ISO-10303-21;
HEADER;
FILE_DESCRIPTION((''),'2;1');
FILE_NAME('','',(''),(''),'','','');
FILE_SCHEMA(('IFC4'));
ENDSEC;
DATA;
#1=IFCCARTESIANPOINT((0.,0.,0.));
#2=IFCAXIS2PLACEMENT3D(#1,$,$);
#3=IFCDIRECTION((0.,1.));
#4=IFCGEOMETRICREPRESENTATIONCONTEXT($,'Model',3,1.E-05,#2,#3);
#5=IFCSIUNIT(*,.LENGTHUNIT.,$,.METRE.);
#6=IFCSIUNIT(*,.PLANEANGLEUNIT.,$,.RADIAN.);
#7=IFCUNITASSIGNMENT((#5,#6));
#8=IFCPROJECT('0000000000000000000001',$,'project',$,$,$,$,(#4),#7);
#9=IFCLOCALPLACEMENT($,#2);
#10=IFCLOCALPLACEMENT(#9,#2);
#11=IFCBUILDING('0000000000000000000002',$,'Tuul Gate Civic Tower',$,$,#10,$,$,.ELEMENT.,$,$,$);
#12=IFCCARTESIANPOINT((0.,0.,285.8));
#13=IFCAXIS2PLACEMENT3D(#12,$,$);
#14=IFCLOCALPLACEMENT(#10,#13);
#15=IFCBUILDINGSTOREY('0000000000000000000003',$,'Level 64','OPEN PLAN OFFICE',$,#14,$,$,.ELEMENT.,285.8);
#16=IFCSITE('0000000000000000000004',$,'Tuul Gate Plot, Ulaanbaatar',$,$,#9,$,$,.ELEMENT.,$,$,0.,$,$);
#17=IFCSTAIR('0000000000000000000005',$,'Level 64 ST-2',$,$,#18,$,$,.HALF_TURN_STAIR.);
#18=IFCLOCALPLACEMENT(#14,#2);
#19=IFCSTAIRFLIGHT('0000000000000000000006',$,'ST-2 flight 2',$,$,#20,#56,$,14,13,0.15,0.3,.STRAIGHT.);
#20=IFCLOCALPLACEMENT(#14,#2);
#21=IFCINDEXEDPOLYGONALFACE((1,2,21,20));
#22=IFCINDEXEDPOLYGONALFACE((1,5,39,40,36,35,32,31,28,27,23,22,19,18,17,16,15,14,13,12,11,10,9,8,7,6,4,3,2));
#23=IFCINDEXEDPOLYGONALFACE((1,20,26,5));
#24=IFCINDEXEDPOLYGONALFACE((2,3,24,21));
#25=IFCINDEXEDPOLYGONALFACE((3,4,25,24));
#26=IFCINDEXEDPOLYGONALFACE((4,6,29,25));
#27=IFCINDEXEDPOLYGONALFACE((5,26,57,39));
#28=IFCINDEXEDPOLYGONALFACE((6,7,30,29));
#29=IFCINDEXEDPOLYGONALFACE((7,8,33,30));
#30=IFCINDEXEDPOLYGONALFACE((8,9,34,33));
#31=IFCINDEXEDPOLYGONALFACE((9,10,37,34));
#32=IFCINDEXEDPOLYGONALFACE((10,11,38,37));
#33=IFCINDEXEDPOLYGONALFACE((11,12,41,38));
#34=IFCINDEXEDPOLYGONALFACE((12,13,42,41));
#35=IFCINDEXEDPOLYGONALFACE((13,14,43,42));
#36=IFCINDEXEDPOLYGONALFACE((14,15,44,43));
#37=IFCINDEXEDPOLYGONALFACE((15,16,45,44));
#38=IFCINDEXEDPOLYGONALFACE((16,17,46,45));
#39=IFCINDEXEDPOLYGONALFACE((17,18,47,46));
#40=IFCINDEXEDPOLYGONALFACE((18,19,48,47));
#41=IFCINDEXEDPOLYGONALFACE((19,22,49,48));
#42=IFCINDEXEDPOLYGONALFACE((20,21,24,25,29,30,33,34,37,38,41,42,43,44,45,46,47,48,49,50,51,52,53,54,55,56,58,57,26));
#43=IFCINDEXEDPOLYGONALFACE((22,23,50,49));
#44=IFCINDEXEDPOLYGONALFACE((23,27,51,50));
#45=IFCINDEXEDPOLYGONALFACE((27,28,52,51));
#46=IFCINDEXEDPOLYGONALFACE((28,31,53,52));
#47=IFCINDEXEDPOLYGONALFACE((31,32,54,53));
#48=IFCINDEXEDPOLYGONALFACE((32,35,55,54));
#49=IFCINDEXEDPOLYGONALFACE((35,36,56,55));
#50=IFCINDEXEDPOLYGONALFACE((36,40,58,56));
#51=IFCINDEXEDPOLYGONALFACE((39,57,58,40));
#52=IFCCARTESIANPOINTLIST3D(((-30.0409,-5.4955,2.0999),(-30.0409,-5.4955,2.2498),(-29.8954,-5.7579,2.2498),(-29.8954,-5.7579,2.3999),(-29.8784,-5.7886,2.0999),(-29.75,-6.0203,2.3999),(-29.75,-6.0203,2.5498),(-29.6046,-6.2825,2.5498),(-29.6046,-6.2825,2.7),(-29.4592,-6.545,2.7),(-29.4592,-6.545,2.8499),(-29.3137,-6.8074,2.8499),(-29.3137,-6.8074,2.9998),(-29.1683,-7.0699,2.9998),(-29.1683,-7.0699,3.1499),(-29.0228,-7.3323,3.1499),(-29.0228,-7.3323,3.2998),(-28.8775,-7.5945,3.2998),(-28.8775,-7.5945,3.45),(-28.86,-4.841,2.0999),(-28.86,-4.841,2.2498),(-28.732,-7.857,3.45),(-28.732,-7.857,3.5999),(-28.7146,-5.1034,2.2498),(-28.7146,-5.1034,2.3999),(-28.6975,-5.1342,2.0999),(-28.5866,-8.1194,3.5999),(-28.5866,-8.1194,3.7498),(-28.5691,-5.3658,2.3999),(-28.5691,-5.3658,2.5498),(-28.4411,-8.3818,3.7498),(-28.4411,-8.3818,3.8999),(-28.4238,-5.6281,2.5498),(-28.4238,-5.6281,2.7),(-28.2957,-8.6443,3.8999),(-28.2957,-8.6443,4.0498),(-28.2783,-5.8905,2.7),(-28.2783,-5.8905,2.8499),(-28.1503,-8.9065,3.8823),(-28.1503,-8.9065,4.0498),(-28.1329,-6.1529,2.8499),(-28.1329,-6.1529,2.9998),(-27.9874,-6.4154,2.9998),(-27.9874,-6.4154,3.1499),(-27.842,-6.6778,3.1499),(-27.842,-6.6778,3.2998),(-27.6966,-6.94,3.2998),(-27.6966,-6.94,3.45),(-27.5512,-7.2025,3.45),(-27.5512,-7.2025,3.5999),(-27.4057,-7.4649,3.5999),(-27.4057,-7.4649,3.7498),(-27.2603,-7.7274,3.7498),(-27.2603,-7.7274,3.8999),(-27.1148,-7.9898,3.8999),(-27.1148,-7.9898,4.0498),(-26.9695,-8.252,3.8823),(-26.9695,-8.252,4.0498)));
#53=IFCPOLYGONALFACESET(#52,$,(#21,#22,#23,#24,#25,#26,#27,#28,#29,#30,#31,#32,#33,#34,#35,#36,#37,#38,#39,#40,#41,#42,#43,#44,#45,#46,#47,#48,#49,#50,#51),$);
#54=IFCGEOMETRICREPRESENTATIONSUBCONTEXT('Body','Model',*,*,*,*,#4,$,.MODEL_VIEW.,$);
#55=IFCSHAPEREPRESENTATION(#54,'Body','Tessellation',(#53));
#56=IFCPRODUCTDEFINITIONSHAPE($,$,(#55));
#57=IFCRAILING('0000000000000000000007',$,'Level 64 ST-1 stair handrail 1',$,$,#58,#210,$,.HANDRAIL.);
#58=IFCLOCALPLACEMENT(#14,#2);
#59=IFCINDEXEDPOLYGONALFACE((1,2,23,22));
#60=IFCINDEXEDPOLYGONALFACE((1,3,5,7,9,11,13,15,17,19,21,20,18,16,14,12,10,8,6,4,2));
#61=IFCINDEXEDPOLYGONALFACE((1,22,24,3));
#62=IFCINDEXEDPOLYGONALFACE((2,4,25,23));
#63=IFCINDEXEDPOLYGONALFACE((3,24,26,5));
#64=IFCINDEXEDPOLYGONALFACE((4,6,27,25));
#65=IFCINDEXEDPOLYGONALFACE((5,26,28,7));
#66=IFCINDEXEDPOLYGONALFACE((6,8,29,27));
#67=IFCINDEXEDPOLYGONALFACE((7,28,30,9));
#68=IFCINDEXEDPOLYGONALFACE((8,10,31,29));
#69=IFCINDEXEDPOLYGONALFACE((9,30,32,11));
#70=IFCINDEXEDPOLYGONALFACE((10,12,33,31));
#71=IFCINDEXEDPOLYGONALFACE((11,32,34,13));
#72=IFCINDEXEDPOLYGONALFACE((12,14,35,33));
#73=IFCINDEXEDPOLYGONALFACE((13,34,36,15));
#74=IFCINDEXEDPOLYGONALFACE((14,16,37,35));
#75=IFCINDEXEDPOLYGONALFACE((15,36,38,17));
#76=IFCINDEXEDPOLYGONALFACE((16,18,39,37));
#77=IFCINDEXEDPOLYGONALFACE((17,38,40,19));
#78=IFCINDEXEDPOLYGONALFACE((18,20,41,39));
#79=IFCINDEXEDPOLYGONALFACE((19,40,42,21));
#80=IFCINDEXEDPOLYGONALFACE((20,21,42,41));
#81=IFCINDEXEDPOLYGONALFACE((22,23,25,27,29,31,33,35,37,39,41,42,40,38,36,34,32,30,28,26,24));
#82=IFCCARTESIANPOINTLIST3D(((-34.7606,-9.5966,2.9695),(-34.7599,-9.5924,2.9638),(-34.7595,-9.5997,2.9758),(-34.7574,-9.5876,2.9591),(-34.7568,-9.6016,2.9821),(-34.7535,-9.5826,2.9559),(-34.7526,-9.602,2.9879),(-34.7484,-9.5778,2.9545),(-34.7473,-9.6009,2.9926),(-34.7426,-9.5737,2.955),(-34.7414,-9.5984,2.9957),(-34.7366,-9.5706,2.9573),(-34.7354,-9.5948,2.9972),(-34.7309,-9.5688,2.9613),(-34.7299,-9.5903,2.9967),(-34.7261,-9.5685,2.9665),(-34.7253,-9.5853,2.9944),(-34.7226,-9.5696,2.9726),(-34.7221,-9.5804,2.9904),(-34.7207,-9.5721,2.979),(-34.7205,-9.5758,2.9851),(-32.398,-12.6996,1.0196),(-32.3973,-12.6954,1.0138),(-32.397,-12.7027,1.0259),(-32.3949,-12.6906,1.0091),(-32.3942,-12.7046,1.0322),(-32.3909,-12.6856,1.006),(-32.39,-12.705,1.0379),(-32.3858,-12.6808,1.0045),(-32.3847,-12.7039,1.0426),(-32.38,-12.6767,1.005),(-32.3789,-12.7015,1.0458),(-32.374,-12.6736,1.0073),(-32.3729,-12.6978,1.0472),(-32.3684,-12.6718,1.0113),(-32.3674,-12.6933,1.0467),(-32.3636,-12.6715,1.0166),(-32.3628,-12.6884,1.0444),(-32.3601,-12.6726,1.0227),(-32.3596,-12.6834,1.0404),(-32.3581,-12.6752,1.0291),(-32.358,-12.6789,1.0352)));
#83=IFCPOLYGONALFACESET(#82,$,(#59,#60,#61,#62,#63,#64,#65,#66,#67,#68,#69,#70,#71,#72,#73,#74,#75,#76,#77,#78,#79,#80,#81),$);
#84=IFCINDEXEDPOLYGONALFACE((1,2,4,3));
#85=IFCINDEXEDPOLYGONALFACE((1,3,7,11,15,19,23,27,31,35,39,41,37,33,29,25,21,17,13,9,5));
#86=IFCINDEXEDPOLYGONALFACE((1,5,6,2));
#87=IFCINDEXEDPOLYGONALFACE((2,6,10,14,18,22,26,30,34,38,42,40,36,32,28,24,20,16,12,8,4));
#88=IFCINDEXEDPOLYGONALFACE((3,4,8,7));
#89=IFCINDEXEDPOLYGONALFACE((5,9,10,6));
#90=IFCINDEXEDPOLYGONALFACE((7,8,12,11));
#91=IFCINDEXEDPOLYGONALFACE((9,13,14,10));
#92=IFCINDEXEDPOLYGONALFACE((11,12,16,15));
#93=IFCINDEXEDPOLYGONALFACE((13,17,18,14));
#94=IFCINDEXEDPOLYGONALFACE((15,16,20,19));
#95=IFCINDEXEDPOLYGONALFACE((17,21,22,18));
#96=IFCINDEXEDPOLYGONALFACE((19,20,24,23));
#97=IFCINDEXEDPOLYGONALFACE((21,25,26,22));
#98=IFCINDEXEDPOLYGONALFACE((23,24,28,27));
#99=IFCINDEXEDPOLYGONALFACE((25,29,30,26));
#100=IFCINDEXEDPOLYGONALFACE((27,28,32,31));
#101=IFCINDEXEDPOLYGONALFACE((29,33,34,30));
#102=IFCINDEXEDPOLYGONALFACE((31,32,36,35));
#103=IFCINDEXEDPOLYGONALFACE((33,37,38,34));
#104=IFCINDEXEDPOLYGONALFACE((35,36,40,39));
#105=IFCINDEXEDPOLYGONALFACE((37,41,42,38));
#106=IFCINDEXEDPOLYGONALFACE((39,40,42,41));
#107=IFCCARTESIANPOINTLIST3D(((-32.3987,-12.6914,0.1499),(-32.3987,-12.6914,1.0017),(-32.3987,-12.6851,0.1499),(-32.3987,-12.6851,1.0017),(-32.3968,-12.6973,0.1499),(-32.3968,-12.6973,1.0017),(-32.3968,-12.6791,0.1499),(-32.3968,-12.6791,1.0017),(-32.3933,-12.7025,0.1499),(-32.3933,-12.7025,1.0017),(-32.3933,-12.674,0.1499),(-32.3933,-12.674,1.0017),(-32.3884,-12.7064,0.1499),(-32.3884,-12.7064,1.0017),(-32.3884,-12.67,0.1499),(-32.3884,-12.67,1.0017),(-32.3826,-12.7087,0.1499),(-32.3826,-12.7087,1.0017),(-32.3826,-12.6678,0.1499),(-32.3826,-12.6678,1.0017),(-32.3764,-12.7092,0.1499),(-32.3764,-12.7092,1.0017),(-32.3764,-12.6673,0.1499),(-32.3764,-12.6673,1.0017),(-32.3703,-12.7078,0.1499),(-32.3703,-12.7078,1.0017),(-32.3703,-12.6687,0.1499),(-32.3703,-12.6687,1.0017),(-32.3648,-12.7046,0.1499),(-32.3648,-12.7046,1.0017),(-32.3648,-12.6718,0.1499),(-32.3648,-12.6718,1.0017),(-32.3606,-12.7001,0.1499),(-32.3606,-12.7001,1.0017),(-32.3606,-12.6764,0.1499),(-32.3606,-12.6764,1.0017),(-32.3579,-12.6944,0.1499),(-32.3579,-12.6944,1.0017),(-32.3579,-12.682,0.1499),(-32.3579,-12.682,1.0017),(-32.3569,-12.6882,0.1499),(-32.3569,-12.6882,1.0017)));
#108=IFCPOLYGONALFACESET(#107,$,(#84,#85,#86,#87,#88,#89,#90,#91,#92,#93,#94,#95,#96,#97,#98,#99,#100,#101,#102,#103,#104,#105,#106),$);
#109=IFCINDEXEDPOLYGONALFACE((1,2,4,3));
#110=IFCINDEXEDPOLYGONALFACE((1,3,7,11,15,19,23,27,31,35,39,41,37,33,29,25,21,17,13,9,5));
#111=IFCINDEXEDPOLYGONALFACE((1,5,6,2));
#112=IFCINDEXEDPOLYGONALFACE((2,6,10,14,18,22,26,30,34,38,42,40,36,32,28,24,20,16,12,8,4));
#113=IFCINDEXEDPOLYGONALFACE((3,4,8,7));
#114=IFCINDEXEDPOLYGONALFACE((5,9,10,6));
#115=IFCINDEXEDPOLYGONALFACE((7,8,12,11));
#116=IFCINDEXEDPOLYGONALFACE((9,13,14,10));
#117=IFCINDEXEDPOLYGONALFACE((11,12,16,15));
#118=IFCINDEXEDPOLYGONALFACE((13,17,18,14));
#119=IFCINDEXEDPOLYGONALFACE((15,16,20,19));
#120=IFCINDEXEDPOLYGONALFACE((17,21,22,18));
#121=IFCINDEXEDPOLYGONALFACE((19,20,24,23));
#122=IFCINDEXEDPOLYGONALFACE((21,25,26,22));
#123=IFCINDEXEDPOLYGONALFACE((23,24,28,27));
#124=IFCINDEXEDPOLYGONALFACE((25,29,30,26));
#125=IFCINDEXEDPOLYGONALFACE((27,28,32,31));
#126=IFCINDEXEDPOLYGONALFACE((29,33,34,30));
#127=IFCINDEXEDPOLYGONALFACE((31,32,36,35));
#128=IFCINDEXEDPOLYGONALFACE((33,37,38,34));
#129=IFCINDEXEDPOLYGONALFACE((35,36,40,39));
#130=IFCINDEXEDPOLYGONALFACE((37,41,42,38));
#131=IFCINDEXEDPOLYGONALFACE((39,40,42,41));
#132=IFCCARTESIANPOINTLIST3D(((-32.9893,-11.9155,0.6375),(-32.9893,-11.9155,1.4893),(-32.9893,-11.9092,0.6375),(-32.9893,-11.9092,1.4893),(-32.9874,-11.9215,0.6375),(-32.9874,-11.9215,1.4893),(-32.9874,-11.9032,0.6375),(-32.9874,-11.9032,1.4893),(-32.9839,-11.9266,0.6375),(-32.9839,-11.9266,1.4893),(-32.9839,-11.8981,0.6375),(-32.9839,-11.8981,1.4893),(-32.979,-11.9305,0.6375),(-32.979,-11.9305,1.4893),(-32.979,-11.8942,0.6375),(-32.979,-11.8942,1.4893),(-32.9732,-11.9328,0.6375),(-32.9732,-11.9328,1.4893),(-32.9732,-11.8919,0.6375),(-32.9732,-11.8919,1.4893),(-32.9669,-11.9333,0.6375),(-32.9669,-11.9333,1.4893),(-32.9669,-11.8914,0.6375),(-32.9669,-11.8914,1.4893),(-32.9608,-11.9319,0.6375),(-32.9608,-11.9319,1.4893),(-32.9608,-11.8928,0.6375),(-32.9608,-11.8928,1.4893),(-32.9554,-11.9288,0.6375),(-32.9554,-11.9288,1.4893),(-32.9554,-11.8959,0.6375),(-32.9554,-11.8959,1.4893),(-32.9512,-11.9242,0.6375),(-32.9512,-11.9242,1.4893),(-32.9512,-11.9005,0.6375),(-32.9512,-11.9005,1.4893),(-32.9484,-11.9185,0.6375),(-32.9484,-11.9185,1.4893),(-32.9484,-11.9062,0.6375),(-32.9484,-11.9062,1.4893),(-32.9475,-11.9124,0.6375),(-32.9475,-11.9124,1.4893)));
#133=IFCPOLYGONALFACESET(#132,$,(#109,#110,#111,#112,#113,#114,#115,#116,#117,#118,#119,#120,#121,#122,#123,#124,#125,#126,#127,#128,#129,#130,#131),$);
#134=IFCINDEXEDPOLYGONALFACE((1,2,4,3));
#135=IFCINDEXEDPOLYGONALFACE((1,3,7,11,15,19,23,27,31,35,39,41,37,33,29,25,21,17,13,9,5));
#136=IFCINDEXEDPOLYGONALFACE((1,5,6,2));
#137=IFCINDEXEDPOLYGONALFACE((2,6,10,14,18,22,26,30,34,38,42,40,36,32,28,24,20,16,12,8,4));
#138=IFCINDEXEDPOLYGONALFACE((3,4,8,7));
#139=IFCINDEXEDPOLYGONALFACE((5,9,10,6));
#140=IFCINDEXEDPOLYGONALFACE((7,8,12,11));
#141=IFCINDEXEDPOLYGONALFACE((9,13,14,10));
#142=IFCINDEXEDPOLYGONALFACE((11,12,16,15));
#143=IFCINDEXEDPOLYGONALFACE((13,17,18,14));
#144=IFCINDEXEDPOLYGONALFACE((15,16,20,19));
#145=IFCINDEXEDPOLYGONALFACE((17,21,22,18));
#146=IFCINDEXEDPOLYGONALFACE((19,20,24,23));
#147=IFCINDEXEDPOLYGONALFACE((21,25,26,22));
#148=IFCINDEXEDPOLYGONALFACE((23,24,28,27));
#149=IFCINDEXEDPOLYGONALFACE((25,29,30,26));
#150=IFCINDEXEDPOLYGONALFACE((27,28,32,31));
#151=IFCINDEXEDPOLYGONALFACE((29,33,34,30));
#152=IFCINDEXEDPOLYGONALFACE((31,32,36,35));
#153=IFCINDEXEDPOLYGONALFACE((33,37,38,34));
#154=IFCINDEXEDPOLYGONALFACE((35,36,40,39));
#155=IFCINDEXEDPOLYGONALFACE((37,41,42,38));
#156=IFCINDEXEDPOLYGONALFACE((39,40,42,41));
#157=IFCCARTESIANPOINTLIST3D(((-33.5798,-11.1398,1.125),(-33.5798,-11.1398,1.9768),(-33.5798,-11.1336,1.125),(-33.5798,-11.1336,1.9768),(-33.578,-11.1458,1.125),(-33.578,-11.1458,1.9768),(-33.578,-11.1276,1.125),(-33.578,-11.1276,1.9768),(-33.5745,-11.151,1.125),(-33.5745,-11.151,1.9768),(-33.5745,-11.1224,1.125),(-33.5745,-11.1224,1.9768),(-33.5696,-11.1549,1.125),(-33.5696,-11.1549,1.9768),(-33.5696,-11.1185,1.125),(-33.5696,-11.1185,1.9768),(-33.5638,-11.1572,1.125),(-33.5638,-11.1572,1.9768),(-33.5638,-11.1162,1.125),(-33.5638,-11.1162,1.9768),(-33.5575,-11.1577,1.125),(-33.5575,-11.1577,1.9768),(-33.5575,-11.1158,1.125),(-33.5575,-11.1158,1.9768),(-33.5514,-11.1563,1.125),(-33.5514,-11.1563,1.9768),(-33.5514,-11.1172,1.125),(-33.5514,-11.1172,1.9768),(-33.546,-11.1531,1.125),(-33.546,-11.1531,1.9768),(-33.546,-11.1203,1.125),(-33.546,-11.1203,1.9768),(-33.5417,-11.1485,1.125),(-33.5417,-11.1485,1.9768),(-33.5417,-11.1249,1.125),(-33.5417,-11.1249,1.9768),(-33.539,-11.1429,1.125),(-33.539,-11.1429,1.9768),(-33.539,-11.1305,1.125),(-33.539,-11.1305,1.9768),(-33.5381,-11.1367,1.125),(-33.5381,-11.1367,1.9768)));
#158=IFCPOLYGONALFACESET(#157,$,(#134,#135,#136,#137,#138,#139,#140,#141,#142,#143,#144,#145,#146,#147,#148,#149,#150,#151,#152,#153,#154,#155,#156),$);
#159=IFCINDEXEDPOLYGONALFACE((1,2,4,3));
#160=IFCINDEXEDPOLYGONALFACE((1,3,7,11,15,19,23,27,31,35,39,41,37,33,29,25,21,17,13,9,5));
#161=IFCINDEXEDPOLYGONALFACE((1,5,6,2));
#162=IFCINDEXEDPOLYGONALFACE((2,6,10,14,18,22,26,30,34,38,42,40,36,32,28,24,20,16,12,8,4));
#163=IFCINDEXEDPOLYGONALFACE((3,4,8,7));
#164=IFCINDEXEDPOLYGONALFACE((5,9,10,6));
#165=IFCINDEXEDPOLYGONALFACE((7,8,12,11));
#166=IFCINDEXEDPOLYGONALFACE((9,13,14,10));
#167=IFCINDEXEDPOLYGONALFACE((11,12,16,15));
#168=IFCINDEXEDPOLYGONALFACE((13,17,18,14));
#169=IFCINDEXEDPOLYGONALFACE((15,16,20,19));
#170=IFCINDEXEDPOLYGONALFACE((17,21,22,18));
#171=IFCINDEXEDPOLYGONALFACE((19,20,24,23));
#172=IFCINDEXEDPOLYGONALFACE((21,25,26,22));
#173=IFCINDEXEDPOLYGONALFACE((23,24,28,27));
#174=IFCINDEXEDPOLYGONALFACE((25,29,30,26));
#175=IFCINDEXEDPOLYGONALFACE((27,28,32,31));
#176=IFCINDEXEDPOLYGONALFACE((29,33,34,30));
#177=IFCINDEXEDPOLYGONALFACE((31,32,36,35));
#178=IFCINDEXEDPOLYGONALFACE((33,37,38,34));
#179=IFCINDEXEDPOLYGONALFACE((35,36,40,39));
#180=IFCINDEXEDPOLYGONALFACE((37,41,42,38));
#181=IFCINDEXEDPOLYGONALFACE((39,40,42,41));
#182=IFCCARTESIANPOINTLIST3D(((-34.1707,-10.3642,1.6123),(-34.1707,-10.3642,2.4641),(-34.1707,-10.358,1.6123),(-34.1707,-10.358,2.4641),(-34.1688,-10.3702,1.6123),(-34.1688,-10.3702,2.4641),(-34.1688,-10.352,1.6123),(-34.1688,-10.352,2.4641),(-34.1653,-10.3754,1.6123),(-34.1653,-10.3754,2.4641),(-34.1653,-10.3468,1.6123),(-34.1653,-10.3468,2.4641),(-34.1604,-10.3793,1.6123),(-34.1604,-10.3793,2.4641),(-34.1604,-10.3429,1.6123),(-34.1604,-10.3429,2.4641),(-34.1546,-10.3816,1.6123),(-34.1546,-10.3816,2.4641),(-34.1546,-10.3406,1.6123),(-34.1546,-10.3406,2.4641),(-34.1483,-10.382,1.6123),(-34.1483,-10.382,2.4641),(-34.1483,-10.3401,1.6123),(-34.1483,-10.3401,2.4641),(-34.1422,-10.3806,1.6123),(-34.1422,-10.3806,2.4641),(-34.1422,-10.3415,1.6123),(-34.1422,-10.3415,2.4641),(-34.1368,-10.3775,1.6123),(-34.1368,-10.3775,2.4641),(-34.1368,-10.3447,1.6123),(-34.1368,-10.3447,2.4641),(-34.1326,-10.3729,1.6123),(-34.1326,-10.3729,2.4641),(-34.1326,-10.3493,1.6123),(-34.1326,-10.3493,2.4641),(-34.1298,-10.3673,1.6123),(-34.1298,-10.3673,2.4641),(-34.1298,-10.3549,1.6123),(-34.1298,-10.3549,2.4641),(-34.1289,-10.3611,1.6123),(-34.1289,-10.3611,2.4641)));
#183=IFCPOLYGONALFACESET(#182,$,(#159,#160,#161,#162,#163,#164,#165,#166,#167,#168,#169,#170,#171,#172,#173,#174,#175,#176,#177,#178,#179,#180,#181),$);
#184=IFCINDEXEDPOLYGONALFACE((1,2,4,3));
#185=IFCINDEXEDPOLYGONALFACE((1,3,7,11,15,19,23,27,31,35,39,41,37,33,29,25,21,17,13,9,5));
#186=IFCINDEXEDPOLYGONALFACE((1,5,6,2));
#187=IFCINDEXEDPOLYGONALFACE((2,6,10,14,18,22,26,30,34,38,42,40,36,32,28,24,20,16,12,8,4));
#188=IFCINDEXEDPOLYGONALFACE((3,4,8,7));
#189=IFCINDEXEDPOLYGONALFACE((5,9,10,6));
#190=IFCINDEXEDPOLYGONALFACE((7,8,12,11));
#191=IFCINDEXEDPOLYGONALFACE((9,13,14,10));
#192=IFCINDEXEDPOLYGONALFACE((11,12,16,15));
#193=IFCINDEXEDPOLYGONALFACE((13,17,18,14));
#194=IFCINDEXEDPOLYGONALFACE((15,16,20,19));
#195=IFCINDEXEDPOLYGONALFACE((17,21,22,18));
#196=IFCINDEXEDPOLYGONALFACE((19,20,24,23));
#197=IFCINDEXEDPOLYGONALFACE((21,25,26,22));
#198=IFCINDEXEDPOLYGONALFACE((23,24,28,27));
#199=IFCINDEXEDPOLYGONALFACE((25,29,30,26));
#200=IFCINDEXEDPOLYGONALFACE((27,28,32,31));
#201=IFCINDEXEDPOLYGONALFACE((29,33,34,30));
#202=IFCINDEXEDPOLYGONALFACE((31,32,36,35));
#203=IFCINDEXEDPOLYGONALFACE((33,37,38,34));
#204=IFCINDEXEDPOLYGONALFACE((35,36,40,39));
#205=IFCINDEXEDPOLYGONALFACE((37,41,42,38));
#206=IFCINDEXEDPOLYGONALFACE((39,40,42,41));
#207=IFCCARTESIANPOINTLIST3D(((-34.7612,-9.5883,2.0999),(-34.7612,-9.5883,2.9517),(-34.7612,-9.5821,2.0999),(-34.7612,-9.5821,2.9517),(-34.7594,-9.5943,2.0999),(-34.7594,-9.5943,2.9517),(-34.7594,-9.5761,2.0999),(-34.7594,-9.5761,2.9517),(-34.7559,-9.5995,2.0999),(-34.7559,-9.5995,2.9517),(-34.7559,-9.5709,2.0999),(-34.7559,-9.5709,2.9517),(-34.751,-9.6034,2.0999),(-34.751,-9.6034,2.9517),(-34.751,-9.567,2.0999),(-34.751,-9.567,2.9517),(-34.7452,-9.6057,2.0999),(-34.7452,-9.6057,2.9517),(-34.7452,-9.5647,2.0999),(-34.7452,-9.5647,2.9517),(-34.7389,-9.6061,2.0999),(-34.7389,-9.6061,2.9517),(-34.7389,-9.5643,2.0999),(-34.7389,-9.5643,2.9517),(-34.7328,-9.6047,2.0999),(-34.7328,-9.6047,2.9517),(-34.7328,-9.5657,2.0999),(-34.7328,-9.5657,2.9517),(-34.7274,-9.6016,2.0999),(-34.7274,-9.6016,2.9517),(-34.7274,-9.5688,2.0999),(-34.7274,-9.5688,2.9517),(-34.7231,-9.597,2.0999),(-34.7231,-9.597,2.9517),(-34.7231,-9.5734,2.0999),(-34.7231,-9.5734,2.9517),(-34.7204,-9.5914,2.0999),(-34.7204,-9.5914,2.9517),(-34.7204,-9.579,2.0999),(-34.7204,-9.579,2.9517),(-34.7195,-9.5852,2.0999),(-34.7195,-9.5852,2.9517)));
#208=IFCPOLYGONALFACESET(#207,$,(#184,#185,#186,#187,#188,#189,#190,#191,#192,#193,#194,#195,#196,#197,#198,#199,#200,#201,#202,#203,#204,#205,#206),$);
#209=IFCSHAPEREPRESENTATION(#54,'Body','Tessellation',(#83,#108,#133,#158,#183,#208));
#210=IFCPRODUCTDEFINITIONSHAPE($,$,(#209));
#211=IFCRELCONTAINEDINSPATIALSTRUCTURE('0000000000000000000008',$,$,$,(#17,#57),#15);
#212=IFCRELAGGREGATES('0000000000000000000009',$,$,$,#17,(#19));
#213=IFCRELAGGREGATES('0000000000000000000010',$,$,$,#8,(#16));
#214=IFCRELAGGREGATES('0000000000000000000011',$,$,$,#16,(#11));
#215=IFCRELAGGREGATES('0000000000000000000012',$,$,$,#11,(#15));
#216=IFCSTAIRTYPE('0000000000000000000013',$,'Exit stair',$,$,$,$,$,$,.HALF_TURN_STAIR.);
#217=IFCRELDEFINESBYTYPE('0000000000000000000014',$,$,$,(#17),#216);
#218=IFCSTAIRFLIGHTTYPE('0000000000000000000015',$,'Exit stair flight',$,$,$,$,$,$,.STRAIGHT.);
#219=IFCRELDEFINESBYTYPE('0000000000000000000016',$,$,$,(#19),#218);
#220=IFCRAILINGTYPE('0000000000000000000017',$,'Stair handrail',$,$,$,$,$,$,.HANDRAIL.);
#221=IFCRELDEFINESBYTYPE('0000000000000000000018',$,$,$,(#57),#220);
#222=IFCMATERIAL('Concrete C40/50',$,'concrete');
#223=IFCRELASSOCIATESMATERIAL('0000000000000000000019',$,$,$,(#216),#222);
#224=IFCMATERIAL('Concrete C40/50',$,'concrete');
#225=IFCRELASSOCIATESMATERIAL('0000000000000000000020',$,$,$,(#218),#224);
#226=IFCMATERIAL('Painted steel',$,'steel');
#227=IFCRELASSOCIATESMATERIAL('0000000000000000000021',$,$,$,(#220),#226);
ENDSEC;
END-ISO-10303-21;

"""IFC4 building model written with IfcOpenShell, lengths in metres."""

from ifc_helpers import new_model, si_unit, direction, frame, origin, origin_2d, place, context, subcontext, project, spatial, polyline, circle, outline, extrude, material, type_object, element, aggregate, save


model = new_model("IFC4")

# Units and contexts
model_context = context("Model", 3, precision=1e-05, world=origin(), true_north=direction((0.0, 1.0)))
body_context = subcontext(model_context, "Body", "Model", "MODEL_VIEW")
ifc_project = project(units=[si_unit("LENGTHUNIT", "METRE"), si_unit("PLANEANGLEUNIT", "RADIAN")], contexts=[model_context])

# Site, building, storey
site_placement = place(None, origin())
site = spatial("IfcSite", under=ifc_project, at=site_placement, Name="Tuul Gate Plot, Ulaanbaatar", CompositionType="ELEMENT", RefElevation=0.0)
building_placement = place(site_placement, origin())
building = spatial("IfcBuilding", under=site, at=building_placement, Name="Tuul Gate Civic Tower", CompositionType="ELEMENT")
storey_placement = place(building_placement, frame((0.0, 0.0, 285.8)))
storey = spatial("IfcBuildingStorey", under=building, at=storey_placement, Name="Level 64", Description="OPEN PLAN OFFICE", CompositionType="ELEMENT", Elevation=285.8)

# Stair, stair flight
ifc_material_1 = material(Name="Concrete C40/50", Category="concrete")
stair_type = type_object("IfcStairType", Name="Exit stair", PredefinedType="HALF_TURN_STAIR", material=ifc_material_1)
ifc_material_2 = material(Name="Concrete C40/50", Category="concrete")
stair_flight_type = type_object("IfcStairFlightType", Name="Exit stair flight", PredefinedType="STRAIGHT", material=ifc_material_2)
stair_1_placement = place(storey_placement, origin())
stair_1 = element("IfcStair", 1, at=stair_1_placement, inside=storey, type_object=stair_type, Name="Level 64 ST-2", PredefinedType="HALF_TURN_STAIR")
stair_flight_1_placement = place(storey_placement, frame((-29.4504, -5.1682, 2.0999), z_axis=(0.0, 0.0, 1.0), x_axis=(0.484762, -0.874646, 0.0)))
stair_flight_1 = element("IfcStairFlight", 2, at=stair_flight_1_placement, type_object=stair_flight_type, Name="ST-2 flight 2", NumberOfRisers=14, NumberOfTreads=13, PredefinedType="STRAIGHT", RiserHeight=0.15, TreadLength=0.3, context=body_context, shape_type="SweptSolid", body=[
    extrude(outline(polyline([(0.0, 0.0), (0.0, 0.1499), (0.3, 0.1499), (0.3, 0.3), (0.6001, 0.3), (0.6001, 0.45), (0.8999, 0.45), (0.8999, 0.6001), (1.2, 0.6001), (1.2, 0.75), (1.5, 0.75), (1.5, 0.8999), (1.8, 0.8999), (1.8, 1.05), (2.1001, 1.05), (2.1001, 1.2), (2.3999, 1.2), (2.3999, 1.3501), (2.7, 1.3501), (2.7, 1.5), (3.0, 1.5), (3.0, 1.6499), (3.3, 1.6499), (3.3, 1.8), (3.6001, 1.8), (3.6001, 1.95), (3.8999, 1.95), (3.8999, 2.1001), (3.8999, 1.7825), (0.3352, 0.0), (0.0, 0.0)])), frame((0.0, 0.675, 0.0), z_axis=(0.0, -1.0, 0.0), x_axis=(1.0, 0.0, 0.0)), (0.0, 0.0, 1.0), 1.3501),
])
aggregate(stair_1, [stair_flight_1])

# Railing
ifc_material_3 = material(Name="Painted steel", Category="steel")
railing_type_1 = type_object("IfcRailingType", Name="Stair handrail", PredefinedType="HANDRAIL", material=ifc_material_3)
railing_1_placement = place(storey_placement, frame((-32.3779, -12.6882, 0.1499)))
element("IfcRailing", 3, at=railing_1_placement, inside=storey, type_object=railing_type_1, Name="Level 64 ST-1 stair handrail 1", PredefinedType="HANDRAIL", context=body_context, shape_type="SweptSolid", body=[
    extrude(circle(Radius=0.0239, at=origin_2d()), frame((0.0, 0.0, 0.876), z_axis=(-0.541824, 0.711645, 0.4472), x_axis=(-0.795637, -0.605773, 0.0)), (0.0, 0.0, 1.0), 4.3604),
    extrude(circle(Radius=0.021, at=origin_2d()), origin(), (0.0, 0.0, 1.0), 0.8518),
    extrude(circle(Radius=0.021, at=origin_2d()), frame((-0.5906, 0.7759, 0.4875)), (0.0, 0.0, 1.0), 0.8518),
    extrude(circle(Radius=0.021, at=origin_2d()), frame((-1.1812, 1.5515, 0.9751)), (0.0, 0.0, 1.0), 0.8518),
    extrude(circle(Radius=0.021, at=origin_2d()), frame((-1.772, 2.3271, 1.4624)), (0.0, 0.0, 1.0), 0.8518),
    extrude(circle(Radius=0.021, at=origin_2d()), frame((-2.3625, 3.103, 1.95)), (0.0, 0.0, 1.0), 0.8518),
])

save(model, "model.ifc")
